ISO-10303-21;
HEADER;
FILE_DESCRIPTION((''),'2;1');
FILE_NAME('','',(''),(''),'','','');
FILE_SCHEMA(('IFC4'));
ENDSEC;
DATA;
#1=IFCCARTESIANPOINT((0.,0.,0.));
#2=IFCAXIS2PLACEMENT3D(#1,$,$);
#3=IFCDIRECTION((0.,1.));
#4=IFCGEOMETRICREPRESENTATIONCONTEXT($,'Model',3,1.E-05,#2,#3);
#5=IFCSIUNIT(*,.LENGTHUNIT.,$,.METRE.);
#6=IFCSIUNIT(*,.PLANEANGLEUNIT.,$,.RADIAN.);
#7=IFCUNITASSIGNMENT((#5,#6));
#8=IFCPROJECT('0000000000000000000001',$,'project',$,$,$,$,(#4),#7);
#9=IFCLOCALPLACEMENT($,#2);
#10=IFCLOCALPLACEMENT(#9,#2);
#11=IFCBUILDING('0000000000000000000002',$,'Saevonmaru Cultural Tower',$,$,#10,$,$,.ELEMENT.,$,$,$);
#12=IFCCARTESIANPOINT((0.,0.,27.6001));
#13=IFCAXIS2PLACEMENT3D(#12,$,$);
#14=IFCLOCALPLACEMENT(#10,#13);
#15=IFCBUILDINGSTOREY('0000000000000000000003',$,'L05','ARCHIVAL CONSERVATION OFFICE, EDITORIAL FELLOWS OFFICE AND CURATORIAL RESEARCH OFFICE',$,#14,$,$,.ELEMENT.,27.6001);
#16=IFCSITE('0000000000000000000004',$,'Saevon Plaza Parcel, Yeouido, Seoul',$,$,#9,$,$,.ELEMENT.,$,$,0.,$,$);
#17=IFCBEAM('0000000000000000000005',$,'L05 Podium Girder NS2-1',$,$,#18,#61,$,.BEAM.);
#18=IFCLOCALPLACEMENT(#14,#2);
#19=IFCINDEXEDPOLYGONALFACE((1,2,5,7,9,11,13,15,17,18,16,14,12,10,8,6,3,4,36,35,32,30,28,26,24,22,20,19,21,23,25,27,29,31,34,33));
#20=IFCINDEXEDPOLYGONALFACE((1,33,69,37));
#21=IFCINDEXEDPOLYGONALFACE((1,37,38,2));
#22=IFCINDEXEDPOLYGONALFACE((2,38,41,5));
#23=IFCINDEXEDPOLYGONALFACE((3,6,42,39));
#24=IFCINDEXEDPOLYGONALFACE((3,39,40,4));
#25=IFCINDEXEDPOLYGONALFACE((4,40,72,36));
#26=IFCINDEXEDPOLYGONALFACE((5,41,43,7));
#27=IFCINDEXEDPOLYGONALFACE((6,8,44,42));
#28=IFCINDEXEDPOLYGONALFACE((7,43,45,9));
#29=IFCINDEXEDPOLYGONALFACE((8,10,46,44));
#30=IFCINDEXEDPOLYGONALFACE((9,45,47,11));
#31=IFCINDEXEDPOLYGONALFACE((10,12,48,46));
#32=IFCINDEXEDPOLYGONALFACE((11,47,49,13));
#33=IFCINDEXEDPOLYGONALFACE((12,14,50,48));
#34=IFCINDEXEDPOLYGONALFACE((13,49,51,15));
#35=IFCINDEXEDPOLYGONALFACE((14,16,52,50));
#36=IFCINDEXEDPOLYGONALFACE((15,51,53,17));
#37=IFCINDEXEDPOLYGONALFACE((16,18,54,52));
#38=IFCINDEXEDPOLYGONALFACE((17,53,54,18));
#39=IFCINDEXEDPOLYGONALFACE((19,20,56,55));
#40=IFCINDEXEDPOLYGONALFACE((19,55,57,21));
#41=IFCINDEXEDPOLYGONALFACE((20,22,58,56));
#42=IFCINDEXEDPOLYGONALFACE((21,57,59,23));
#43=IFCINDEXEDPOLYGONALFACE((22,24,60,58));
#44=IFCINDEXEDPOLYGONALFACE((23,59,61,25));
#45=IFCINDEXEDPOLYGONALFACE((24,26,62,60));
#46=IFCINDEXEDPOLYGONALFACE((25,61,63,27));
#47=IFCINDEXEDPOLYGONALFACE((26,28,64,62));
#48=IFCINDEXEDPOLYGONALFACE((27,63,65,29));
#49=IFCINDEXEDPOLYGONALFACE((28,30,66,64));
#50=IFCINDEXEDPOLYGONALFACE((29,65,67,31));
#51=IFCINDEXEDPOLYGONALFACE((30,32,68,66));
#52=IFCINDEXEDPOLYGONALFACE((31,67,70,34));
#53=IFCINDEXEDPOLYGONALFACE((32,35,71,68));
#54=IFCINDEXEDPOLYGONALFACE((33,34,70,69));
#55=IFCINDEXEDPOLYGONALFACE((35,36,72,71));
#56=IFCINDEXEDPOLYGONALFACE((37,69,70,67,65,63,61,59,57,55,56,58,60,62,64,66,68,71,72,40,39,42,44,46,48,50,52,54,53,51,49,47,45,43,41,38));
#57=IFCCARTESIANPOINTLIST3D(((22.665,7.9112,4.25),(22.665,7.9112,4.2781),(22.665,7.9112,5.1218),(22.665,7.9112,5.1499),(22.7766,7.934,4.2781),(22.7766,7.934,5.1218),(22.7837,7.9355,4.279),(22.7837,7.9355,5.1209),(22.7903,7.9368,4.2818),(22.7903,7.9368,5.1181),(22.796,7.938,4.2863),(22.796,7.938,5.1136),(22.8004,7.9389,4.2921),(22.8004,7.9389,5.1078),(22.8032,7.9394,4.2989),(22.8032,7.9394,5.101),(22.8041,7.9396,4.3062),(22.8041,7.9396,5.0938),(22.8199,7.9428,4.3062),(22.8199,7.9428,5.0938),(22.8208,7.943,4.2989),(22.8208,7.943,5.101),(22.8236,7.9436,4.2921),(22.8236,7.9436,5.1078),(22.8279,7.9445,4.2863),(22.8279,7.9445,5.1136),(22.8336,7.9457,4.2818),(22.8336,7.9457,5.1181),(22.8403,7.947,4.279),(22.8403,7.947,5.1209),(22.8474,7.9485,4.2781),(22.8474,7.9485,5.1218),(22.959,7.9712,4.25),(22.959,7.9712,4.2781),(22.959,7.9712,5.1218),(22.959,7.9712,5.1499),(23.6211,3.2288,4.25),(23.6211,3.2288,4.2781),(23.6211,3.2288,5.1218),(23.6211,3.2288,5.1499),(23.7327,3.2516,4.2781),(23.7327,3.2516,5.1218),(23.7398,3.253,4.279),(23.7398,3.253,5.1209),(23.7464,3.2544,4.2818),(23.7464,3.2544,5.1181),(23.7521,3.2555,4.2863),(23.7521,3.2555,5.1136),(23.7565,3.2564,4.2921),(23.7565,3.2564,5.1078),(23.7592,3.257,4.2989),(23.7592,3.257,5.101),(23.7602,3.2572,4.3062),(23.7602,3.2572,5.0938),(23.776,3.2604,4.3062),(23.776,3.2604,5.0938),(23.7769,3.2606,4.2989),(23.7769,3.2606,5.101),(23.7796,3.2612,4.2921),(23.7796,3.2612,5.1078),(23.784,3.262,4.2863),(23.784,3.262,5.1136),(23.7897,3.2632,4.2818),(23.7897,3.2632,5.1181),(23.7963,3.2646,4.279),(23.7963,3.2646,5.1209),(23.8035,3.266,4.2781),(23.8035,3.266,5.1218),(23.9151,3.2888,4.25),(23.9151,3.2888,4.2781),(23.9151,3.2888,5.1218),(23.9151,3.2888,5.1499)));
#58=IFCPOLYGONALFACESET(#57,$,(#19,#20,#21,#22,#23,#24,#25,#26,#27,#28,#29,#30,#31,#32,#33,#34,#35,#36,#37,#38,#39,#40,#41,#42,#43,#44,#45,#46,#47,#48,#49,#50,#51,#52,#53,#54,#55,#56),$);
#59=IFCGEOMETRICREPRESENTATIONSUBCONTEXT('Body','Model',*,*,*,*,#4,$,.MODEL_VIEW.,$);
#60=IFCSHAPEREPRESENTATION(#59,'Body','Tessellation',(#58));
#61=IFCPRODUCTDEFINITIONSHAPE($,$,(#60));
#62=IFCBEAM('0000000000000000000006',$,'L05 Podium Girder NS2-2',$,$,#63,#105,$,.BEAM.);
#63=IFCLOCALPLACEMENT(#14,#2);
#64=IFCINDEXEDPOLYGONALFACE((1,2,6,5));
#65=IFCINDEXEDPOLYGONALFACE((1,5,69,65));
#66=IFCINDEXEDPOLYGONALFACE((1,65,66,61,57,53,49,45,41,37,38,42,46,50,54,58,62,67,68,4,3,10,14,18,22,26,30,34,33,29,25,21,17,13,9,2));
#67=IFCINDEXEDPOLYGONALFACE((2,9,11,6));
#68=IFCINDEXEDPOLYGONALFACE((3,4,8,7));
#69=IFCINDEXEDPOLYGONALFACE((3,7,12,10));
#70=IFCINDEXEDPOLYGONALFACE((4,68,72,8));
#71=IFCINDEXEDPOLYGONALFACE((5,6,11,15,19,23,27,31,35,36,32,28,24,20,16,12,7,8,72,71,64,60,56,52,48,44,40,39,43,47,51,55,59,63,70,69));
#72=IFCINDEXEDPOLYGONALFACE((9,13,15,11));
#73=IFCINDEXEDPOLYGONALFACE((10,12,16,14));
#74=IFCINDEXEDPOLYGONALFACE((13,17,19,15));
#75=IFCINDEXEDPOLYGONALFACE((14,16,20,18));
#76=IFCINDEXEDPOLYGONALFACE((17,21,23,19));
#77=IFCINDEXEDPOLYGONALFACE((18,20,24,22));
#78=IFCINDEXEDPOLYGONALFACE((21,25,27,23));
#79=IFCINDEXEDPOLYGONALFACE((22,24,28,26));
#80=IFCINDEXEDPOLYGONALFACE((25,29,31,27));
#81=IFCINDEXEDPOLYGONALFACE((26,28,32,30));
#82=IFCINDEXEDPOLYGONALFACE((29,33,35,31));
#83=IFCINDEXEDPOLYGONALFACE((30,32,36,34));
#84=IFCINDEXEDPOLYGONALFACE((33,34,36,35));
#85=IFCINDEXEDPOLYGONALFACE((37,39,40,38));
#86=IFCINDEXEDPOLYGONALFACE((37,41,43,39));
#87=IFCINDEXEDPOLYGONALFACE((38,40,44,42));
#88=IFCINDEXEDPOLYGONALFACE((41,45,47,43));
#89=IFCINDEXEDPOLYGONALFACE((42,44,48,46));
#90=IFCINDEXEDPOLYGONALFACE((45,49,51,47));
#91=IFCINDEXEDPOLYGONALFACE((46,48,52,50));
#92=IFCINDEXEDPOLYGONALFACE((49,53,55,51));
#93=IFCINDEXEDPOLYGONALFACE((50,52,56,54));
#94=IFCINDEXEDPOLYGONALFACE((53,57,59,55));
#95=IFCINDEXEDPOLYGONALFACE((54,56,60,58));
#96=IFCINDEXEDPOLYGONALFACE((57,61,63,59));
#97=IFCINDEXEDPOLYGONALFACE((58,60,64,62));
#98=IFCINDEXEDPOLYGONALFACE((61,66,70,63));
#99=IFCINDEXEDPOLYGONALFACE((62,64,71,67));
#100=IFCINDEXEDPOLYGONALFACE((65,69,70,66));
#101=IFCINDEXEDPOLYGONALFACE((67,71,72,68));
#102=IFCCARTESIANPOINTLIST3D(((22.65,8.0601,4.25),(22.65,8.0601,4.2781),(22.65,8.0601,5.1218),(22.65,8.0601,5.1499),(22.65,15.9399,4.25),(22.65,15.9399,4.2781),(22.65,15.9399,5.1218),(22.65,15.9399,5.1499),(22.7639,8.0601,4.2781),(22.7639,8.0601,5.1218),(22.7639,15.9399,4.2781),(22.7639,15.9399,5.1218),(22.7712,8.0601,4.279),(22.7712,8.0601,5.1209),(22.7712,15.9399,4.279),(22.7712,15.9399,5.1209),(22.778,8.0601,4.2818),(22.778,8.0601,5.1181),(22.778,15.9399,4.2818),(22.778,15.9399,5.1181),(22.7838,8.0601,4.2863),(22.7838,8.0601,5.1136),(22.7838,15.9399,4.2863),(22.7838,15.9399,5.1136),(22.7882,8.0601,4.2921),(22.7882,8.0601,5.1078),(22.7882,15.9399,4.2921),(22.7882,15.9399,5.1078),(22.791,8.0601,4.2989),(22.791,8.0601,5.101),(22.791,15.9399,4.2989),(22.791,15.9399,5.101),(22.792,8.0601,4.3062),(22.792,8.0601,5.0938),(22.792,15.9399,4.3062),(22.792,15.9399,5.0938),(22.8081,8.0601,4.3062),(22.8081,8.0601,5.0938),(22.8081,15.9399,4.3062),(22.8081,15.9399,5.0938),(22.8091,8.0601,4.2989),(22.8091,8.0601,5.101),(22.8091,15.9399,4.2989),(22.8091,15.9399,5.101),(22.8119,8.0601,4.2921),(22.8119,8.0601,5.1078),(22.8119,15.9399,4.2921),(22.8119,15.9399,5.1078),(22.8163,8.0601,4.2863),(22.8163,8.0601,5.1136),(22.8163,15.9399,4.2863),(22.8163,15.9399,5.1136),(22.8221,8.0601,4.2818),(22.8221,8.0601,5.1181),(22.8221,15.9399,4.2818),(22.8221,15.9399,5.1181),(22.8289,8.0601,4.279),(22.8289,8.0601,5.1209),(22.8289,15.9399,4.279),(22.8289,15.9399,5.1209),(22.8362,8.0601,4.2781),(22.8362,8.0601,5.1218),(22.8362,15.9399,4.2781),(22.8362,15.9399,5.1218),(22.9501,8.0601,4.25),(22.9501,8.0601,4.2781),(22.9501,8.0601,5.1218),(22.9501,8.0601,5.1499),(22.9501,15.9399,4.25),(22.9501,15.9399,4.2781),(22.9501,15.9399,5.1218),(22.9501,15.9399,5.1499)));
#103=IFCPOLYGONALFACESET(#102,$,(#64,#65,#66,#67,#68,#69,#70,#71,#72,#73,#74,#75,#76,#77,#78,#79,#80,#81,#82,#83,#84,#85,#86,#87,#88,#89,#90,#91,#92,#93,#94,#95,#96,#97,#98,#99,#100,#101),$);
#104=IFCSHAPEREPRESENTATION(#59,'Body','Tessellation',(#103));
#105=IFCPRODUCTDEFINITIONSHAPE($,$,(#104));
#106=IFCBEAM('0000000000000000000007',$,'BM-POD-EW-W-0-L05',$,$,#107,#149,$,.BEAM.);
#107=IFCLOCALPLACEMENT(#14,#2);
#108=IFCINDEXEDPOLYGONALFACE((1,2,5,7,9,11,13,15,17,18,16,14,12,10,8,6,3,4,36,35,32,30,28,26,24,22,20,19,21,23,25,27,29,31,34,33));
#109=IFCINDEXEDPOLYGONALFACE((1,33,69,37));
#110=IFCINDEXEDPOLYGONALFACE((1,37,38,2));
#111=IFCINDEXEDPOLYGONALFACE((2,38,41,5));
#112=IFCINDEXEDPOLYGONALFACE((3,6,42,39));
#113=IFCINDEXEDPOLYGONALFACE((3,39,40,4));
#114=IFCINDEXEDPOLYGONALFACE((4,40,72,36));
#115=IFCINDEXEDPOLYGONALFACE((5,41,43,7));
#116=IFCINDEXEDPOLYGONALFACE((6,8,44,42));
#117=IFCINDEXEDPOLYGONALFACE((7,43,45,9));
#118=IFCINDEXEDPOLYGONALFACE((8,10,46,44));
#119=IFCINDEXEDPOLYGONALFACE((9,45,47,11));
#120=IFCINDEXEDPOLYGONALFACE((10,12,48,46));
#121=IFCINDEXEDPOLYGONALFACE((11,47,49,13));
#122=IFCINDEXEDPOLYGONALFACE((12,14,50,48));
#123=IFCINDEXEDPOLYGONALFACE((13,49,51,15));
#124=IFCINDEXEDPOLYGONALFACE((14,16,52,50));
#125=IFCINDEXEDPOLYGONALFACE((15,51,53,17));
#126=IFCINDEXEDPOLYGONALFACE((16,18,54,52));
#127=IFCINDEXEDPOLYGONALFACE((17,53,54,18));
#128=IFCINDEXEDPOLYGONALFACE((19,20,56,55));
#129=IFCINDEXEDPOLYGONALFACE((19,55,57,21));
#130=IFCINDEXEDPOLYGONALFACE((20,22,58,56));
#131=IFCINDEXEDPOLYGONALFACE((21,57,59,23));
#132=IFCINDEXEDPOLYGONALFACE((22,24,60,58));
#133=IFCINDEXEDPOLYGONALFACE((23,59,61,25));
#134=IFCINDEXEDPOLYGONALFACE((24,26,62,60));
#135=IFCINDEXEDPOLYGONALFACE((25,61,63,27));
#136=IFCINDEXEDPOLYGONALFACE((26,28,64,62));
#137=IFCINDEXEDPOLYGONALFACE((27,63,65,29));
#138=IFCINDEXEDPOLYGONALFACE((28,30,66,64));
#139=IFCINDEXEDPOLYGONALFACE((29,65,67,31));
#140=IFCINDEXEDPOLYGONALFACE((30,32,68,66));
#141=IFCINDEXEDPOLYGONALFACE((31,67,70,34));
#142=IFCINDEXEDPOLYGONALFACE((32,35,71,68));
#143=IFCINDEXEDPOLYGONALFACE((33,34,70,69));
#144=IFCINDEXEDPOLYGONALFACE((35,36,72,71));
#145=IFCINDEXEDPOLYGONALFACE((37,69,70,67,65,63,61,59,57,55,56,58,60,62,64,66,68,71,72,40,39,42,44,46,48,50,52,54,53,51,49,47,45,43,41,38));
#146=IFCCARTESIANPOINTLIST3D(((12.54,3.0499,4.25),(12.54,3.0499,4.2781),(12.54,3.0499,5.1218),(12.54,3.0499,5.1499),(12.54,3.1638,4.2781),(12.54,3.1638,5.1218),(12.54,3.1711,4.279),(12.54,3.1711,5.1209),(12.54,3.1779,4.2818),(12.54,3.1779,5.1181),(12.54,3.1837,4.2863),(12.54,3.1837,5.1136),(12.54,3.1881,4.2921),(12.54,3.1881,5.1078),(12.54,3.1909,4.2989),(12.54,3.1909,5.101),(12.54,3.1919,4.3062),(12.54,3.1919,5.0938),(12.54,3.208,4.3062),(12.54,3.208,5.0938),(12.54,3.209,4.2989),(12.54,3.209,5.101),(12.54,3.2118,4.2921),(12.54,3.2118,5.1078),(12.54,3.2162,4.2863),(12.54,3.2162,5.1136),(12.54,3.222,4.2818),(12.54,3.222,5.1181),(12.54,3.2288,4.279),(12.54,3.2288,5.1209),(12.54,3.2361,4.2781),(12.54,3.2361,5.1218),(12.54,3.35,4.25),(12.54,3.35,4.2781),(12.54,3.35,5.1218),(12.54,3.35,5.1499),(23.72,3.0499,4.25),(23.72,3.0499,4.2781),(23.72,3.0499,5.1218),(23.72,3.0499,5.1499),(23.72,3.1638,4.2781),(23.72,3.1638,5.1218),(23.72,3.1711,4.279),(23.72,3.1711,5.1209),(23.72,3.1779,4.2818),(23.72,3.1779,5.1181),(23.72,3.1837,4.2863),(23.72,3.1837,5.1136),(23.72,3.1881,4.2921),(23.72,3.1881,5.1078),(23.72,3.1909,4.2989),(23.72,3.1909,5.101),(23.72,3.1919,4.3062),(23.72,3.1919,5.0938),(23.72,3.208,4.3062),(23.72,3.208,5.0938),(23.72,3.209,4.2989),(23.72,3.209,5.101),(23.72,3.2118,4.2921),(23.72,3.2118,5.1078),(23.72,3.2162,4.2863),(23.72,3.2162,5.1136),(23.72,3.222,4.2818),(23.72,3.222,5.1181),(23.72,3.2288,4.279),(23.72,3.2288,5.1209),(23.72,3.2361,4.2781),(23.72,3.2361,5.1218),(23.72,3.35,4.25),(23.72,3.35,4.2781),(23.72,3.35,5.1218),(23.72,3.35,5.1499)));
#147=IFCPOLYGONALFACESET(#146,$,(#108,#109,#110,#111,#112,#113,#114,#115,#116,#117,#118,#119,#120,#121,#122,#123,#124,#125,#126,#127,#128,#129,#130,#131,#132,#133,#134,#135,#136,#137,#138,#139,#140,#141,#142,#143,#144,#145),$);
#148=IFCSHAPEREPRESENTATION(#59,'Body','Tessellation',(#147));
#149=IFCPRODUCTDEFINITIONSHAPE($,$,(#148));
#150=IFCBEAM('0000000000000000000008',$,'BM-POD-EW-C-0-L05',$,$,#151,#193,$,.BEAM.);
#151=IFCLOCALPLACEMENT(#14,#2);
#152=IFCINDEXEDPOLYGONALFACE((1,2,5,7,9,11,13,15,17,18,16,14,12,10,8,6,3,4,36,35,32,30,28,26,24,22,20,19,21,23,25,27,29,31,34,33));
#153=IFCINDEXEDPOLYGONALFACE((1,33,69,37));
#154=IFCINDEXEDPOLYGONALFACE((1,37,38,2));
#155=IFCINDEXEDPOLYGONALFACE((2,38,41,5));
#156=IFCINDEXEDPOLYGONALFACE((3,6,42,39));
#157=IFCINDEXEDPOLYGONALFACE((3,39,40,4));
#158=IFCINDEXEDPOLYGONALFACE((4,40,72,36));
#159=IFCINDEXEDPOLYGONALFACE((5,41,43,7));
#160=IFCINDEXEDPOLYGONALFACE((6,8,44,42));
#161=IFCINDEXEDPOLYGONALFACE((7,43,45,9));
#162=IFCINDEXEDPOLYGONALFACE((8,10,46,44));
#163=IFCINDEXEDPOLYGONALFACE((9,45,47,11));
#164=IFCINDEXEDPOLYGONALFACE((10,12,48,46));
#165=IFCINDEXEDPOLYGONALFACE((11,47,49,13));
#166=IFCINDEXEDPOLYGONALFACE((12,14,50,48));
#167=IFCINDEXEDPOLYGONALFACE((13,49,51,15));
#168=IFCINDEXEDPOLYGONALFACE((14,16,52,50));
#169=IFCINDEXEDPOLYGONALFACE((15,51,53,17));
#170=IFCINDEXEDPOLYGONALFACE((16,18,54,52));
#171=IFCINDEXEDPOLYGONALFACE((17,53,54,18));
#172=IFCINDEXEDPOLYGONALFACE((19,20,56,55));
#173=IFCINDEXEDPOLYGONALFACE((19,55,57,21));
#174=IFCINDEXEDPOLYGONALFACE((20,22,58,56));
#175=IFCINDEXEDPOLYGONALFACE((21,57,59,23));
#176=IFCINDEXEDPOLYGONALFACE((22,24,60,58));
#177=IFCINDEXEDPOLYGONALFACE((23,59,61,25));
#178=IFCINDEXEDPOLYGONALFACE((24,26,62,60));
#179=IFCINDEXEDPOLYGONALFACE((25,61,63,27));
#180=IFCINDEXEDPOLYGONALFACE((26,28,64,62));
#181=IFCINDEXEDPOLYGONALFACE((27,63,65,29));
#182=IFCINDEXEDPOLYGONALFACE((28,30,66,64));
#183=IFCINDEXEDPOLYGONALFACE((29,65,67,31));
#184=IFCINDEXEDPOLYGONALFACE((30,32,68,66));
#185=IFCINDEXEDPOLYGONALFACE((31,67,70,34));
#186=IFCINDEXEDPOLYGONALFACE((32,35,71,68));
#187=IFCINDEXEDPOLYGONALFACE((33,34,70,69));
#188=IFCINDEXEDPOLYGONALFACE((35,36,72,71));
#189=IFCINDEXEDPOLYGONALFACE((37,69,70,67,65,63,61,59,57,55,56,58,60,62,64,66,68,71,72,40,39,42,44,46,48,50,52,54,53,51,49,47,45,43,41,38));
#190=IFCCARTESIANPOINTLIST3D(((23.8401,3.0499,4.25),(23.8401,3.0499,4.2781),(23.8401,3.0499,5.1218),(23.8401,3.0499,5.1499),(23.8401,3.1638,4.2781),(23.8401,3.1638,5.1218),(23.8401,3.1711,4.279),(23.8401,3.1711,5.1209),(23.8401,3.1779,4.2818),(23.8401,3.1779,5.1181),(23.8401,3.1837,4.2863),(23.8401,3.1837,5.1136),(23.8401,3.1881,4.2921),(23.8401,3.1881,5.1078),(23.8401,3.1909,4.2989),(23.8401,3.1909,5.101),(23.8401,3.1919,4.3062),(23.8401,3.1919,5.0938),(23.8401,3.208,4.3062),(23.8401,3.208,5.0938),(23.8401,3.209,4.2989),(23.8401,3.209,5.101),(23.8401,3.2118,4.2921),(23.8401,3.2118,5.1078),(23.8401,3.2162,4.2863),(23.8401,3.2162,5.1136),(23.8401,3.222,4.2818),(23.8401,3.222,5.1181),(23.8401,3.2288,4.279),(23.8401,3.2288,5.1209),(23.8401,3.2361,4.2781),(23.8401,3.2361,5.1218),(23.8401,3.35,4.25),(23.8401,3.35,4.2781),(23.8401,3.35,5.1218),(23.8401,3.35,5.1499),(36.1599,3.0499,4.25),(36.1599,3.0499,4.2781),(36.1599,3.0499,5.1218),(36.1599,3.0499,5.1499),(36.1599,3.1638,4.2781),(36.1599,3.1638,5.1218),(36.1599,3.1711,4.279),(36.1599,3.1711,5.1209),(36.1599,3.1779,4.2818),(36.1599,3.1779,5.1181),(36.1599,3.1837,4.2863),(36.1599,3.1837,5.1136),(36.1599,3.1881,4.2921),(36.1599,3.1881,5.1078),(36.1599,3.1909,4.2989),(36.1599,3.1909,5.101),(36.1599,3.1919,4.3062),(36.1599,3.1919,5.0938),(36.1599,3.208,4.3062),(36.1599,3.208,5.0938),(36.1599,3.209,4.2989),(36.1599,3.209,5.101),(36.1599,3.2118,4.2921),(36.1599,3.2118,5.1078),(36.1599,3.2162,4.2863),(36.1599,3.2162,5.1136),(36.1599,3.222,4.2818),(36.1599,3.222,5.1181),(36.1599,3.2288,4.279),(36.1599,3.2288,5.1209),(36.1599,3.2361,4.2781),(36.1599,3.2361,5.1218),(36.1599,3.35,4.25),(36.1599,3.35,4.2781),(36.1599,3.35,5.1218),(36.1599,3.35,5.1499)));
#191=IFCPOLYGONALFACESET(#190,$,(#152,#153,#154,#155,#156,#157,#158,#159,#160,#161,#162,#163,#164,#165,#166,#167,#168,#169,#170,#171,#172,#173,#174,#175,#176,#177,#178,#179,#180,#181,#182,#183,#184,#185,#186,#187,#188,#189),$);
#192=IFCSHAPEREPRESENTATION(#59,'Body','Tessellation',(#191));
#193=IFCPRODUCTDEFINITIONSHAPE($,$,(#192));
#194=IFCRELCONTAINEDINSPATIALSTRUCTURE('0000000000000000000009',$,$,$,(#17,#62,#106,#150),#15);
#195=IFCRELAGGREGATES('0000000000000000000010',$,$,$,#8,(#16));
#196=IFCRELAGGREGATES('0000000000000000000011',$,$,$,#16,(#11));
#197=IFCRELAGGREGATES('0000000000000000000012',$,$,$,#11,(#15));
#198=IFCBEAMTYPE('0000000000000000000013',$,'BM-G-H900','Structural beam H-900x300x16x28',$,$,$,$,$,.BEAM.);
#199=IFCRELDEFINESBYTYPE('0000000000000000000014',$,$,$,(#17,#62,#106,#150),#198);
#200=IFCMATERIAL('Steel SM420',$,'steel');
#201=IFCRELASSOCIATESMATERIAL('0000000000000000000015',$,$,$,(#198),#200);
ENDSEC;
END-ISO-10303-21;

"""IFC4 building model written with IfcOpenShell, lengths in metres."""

from ifc_helpers import new_model, si_unit, direction, frame, origin, origin_2d, place, context, subcontext, project, spatial, i_section, extrude, material, material_profile, profile_set, type_object, element, save


model = new_model("IFC4")

# Units and contexts
model_context = context("Model", 3, precision=1e-05, world=origin(), true_north=direction((0.0, 1.0)))
body_context = subcontext(model_context, "Body", "Model", "MODEL_VIEW")
ifc_project = project(units=[si_unit("LENGTHUNIT", "METRE"), si_unit("PLANEANGLEUNIT", "RADIAN")], contexts=[model_context])

# Site, building, storey
site_placement = place(None, origin())
site = spatial("IfcSite", under=ifc_project, at=site_placement, Name="Saevon Plaza Parcel, Yeouido, Seoul", CompositionType="ELEMENT", RefElevation=0.0)
building_placement = place(site_placement, origin())
building = spatial("IfcBuilding", under=site, at=building_placement, Name="Saevonmaru Cultural Tower", CompositionType="ELEMENT")
storey_placement = place(building_placement, frame((0.0, 0.0, 27.6001)))
storey = spatial("IfcBuildingStorey", under=building, at=storey_placement, Name="L05", Description="ARCHIVAL CONSERVATION OFFICE, EDITORIAL FELLOWS OFFICE AND CURATORIAL RESEARCH OFFICE", CompositionType="ELEMENT", Elevation=27.6001)

# Shared definitions
ifc_material_1 = material(Name="Steel SM420", Category="steel")

# Beams
ifc_material_profile_1 = material_profile(ifc_material_1, i_section(OverallWidth=0.3, OverallDepth=0.8999, WebThickness=0.0161, FlangeThickness=0.0281, FilletRadius=0.0281, at=origin_2d()), Name="H-900x300x16x28")
ifc_profile_set_1 = profile_set([ifc_material_profile_1], Name="Steel SM420")
beam_type_1 = type_object("IfcBeamType", Name="BM-G-H900", Description="Structural beam H-900x300x16x28", PredefinedType="BEAM", material=ifc_profile_set_1)
beam_1_placement = place(storey_placement, frame((23.7681, 3.2588, 4.7), z_axis=(-0.200054, 0.979785, 0.0), x_axis=(-0.979785, -0.200054, 0.0)))
element("IfcBeam", 1, at=beam_1_placement, inside=storey, type_object=beam_type_1, Name="L05 Podium Girder NS2-1", PredefinedType="BEAM", context=body_context, shape_type="SweptSolid", body=[
    extrude(i_section(OverallWidth=0.3, OverallDepth=0.8999, WebThickness=0.0161, FlangeThickness=0.0281, FilletRadius=0.0281, at=origin_2d()), origin(), (0.0, 0.0, 1.0), 4.7791),
])
beam_2_placement = place(storey_placement, frame((22.8, 8.0601, 4.7), z_axis=(0.0, 1.0, 0.0), x_axis=(-1.0, 0.0, 0.0)))
element("IfcBeam", 2, at=beam_2_placement, inside=storey, type_object=beam_type_1, Name="L05 Podium Girder NS2-2", PredefinedType="BEAM", context=body_context, shape_type="SweptSolid", body=[
    extrude(i_section(OverallWidth=0.3, OverallDepth=0.8999, WebThickness=0.0161, FlangeThickness=0.0281, FilletRadius=0.0281, at=origin_2d()), origin(), (0.0, 0.0, 1.0), 7.8799),
])
beam_3_placement = place(storey_placement, frame((12.54, 3.2, 4.7), z_axis=(1.0, 0.0, 0.0), x_axis=(0.0, 1.0, 0.0)))
element("IfcBeam", 3, at=beam_3_placement, inside=storey, type_object=beam_type_1, Name="BM-POD-EW-W-0-L05", PredefinedType="BEAM", context=body_context, shape_type="SweptSolid", body=[
    extrude(i_section(OverallWidth=0.3, OverallDepth=0.8999, WebThickness=0.0161, FlangeThickness=0.0281, FilletRadius=0.0281, at=origin_2d()), origin(), (0.0, 0.0, 1.0), 11.1799),
])
beam_4_placement = place(storey_placement, frame((23.8401, 3.2, 4.7), z_axis=(1.0, 0.0, 0.0), x_axis=(0.0, 1.0, 0.0)))
element("IfcBeam", 4, at=beam_4_placement, inside=storey, type_object=beam_type_1, Name="BM-POD-EW-C-0-L05", PredefinedType="BEAM", context=body_context, shape_type="SweptSolid", body=[
    extrude(i_section(OverallWidth=0.3, OverallDepth=0.8999, WebThickness=0.0161, FlangeThickness=0.0281, FilletRadius=0.0281, at=origin_2d()), origin(), (0.0, 0.0, 1.0), 12.3198),
])

save(model, "model.ifc")
